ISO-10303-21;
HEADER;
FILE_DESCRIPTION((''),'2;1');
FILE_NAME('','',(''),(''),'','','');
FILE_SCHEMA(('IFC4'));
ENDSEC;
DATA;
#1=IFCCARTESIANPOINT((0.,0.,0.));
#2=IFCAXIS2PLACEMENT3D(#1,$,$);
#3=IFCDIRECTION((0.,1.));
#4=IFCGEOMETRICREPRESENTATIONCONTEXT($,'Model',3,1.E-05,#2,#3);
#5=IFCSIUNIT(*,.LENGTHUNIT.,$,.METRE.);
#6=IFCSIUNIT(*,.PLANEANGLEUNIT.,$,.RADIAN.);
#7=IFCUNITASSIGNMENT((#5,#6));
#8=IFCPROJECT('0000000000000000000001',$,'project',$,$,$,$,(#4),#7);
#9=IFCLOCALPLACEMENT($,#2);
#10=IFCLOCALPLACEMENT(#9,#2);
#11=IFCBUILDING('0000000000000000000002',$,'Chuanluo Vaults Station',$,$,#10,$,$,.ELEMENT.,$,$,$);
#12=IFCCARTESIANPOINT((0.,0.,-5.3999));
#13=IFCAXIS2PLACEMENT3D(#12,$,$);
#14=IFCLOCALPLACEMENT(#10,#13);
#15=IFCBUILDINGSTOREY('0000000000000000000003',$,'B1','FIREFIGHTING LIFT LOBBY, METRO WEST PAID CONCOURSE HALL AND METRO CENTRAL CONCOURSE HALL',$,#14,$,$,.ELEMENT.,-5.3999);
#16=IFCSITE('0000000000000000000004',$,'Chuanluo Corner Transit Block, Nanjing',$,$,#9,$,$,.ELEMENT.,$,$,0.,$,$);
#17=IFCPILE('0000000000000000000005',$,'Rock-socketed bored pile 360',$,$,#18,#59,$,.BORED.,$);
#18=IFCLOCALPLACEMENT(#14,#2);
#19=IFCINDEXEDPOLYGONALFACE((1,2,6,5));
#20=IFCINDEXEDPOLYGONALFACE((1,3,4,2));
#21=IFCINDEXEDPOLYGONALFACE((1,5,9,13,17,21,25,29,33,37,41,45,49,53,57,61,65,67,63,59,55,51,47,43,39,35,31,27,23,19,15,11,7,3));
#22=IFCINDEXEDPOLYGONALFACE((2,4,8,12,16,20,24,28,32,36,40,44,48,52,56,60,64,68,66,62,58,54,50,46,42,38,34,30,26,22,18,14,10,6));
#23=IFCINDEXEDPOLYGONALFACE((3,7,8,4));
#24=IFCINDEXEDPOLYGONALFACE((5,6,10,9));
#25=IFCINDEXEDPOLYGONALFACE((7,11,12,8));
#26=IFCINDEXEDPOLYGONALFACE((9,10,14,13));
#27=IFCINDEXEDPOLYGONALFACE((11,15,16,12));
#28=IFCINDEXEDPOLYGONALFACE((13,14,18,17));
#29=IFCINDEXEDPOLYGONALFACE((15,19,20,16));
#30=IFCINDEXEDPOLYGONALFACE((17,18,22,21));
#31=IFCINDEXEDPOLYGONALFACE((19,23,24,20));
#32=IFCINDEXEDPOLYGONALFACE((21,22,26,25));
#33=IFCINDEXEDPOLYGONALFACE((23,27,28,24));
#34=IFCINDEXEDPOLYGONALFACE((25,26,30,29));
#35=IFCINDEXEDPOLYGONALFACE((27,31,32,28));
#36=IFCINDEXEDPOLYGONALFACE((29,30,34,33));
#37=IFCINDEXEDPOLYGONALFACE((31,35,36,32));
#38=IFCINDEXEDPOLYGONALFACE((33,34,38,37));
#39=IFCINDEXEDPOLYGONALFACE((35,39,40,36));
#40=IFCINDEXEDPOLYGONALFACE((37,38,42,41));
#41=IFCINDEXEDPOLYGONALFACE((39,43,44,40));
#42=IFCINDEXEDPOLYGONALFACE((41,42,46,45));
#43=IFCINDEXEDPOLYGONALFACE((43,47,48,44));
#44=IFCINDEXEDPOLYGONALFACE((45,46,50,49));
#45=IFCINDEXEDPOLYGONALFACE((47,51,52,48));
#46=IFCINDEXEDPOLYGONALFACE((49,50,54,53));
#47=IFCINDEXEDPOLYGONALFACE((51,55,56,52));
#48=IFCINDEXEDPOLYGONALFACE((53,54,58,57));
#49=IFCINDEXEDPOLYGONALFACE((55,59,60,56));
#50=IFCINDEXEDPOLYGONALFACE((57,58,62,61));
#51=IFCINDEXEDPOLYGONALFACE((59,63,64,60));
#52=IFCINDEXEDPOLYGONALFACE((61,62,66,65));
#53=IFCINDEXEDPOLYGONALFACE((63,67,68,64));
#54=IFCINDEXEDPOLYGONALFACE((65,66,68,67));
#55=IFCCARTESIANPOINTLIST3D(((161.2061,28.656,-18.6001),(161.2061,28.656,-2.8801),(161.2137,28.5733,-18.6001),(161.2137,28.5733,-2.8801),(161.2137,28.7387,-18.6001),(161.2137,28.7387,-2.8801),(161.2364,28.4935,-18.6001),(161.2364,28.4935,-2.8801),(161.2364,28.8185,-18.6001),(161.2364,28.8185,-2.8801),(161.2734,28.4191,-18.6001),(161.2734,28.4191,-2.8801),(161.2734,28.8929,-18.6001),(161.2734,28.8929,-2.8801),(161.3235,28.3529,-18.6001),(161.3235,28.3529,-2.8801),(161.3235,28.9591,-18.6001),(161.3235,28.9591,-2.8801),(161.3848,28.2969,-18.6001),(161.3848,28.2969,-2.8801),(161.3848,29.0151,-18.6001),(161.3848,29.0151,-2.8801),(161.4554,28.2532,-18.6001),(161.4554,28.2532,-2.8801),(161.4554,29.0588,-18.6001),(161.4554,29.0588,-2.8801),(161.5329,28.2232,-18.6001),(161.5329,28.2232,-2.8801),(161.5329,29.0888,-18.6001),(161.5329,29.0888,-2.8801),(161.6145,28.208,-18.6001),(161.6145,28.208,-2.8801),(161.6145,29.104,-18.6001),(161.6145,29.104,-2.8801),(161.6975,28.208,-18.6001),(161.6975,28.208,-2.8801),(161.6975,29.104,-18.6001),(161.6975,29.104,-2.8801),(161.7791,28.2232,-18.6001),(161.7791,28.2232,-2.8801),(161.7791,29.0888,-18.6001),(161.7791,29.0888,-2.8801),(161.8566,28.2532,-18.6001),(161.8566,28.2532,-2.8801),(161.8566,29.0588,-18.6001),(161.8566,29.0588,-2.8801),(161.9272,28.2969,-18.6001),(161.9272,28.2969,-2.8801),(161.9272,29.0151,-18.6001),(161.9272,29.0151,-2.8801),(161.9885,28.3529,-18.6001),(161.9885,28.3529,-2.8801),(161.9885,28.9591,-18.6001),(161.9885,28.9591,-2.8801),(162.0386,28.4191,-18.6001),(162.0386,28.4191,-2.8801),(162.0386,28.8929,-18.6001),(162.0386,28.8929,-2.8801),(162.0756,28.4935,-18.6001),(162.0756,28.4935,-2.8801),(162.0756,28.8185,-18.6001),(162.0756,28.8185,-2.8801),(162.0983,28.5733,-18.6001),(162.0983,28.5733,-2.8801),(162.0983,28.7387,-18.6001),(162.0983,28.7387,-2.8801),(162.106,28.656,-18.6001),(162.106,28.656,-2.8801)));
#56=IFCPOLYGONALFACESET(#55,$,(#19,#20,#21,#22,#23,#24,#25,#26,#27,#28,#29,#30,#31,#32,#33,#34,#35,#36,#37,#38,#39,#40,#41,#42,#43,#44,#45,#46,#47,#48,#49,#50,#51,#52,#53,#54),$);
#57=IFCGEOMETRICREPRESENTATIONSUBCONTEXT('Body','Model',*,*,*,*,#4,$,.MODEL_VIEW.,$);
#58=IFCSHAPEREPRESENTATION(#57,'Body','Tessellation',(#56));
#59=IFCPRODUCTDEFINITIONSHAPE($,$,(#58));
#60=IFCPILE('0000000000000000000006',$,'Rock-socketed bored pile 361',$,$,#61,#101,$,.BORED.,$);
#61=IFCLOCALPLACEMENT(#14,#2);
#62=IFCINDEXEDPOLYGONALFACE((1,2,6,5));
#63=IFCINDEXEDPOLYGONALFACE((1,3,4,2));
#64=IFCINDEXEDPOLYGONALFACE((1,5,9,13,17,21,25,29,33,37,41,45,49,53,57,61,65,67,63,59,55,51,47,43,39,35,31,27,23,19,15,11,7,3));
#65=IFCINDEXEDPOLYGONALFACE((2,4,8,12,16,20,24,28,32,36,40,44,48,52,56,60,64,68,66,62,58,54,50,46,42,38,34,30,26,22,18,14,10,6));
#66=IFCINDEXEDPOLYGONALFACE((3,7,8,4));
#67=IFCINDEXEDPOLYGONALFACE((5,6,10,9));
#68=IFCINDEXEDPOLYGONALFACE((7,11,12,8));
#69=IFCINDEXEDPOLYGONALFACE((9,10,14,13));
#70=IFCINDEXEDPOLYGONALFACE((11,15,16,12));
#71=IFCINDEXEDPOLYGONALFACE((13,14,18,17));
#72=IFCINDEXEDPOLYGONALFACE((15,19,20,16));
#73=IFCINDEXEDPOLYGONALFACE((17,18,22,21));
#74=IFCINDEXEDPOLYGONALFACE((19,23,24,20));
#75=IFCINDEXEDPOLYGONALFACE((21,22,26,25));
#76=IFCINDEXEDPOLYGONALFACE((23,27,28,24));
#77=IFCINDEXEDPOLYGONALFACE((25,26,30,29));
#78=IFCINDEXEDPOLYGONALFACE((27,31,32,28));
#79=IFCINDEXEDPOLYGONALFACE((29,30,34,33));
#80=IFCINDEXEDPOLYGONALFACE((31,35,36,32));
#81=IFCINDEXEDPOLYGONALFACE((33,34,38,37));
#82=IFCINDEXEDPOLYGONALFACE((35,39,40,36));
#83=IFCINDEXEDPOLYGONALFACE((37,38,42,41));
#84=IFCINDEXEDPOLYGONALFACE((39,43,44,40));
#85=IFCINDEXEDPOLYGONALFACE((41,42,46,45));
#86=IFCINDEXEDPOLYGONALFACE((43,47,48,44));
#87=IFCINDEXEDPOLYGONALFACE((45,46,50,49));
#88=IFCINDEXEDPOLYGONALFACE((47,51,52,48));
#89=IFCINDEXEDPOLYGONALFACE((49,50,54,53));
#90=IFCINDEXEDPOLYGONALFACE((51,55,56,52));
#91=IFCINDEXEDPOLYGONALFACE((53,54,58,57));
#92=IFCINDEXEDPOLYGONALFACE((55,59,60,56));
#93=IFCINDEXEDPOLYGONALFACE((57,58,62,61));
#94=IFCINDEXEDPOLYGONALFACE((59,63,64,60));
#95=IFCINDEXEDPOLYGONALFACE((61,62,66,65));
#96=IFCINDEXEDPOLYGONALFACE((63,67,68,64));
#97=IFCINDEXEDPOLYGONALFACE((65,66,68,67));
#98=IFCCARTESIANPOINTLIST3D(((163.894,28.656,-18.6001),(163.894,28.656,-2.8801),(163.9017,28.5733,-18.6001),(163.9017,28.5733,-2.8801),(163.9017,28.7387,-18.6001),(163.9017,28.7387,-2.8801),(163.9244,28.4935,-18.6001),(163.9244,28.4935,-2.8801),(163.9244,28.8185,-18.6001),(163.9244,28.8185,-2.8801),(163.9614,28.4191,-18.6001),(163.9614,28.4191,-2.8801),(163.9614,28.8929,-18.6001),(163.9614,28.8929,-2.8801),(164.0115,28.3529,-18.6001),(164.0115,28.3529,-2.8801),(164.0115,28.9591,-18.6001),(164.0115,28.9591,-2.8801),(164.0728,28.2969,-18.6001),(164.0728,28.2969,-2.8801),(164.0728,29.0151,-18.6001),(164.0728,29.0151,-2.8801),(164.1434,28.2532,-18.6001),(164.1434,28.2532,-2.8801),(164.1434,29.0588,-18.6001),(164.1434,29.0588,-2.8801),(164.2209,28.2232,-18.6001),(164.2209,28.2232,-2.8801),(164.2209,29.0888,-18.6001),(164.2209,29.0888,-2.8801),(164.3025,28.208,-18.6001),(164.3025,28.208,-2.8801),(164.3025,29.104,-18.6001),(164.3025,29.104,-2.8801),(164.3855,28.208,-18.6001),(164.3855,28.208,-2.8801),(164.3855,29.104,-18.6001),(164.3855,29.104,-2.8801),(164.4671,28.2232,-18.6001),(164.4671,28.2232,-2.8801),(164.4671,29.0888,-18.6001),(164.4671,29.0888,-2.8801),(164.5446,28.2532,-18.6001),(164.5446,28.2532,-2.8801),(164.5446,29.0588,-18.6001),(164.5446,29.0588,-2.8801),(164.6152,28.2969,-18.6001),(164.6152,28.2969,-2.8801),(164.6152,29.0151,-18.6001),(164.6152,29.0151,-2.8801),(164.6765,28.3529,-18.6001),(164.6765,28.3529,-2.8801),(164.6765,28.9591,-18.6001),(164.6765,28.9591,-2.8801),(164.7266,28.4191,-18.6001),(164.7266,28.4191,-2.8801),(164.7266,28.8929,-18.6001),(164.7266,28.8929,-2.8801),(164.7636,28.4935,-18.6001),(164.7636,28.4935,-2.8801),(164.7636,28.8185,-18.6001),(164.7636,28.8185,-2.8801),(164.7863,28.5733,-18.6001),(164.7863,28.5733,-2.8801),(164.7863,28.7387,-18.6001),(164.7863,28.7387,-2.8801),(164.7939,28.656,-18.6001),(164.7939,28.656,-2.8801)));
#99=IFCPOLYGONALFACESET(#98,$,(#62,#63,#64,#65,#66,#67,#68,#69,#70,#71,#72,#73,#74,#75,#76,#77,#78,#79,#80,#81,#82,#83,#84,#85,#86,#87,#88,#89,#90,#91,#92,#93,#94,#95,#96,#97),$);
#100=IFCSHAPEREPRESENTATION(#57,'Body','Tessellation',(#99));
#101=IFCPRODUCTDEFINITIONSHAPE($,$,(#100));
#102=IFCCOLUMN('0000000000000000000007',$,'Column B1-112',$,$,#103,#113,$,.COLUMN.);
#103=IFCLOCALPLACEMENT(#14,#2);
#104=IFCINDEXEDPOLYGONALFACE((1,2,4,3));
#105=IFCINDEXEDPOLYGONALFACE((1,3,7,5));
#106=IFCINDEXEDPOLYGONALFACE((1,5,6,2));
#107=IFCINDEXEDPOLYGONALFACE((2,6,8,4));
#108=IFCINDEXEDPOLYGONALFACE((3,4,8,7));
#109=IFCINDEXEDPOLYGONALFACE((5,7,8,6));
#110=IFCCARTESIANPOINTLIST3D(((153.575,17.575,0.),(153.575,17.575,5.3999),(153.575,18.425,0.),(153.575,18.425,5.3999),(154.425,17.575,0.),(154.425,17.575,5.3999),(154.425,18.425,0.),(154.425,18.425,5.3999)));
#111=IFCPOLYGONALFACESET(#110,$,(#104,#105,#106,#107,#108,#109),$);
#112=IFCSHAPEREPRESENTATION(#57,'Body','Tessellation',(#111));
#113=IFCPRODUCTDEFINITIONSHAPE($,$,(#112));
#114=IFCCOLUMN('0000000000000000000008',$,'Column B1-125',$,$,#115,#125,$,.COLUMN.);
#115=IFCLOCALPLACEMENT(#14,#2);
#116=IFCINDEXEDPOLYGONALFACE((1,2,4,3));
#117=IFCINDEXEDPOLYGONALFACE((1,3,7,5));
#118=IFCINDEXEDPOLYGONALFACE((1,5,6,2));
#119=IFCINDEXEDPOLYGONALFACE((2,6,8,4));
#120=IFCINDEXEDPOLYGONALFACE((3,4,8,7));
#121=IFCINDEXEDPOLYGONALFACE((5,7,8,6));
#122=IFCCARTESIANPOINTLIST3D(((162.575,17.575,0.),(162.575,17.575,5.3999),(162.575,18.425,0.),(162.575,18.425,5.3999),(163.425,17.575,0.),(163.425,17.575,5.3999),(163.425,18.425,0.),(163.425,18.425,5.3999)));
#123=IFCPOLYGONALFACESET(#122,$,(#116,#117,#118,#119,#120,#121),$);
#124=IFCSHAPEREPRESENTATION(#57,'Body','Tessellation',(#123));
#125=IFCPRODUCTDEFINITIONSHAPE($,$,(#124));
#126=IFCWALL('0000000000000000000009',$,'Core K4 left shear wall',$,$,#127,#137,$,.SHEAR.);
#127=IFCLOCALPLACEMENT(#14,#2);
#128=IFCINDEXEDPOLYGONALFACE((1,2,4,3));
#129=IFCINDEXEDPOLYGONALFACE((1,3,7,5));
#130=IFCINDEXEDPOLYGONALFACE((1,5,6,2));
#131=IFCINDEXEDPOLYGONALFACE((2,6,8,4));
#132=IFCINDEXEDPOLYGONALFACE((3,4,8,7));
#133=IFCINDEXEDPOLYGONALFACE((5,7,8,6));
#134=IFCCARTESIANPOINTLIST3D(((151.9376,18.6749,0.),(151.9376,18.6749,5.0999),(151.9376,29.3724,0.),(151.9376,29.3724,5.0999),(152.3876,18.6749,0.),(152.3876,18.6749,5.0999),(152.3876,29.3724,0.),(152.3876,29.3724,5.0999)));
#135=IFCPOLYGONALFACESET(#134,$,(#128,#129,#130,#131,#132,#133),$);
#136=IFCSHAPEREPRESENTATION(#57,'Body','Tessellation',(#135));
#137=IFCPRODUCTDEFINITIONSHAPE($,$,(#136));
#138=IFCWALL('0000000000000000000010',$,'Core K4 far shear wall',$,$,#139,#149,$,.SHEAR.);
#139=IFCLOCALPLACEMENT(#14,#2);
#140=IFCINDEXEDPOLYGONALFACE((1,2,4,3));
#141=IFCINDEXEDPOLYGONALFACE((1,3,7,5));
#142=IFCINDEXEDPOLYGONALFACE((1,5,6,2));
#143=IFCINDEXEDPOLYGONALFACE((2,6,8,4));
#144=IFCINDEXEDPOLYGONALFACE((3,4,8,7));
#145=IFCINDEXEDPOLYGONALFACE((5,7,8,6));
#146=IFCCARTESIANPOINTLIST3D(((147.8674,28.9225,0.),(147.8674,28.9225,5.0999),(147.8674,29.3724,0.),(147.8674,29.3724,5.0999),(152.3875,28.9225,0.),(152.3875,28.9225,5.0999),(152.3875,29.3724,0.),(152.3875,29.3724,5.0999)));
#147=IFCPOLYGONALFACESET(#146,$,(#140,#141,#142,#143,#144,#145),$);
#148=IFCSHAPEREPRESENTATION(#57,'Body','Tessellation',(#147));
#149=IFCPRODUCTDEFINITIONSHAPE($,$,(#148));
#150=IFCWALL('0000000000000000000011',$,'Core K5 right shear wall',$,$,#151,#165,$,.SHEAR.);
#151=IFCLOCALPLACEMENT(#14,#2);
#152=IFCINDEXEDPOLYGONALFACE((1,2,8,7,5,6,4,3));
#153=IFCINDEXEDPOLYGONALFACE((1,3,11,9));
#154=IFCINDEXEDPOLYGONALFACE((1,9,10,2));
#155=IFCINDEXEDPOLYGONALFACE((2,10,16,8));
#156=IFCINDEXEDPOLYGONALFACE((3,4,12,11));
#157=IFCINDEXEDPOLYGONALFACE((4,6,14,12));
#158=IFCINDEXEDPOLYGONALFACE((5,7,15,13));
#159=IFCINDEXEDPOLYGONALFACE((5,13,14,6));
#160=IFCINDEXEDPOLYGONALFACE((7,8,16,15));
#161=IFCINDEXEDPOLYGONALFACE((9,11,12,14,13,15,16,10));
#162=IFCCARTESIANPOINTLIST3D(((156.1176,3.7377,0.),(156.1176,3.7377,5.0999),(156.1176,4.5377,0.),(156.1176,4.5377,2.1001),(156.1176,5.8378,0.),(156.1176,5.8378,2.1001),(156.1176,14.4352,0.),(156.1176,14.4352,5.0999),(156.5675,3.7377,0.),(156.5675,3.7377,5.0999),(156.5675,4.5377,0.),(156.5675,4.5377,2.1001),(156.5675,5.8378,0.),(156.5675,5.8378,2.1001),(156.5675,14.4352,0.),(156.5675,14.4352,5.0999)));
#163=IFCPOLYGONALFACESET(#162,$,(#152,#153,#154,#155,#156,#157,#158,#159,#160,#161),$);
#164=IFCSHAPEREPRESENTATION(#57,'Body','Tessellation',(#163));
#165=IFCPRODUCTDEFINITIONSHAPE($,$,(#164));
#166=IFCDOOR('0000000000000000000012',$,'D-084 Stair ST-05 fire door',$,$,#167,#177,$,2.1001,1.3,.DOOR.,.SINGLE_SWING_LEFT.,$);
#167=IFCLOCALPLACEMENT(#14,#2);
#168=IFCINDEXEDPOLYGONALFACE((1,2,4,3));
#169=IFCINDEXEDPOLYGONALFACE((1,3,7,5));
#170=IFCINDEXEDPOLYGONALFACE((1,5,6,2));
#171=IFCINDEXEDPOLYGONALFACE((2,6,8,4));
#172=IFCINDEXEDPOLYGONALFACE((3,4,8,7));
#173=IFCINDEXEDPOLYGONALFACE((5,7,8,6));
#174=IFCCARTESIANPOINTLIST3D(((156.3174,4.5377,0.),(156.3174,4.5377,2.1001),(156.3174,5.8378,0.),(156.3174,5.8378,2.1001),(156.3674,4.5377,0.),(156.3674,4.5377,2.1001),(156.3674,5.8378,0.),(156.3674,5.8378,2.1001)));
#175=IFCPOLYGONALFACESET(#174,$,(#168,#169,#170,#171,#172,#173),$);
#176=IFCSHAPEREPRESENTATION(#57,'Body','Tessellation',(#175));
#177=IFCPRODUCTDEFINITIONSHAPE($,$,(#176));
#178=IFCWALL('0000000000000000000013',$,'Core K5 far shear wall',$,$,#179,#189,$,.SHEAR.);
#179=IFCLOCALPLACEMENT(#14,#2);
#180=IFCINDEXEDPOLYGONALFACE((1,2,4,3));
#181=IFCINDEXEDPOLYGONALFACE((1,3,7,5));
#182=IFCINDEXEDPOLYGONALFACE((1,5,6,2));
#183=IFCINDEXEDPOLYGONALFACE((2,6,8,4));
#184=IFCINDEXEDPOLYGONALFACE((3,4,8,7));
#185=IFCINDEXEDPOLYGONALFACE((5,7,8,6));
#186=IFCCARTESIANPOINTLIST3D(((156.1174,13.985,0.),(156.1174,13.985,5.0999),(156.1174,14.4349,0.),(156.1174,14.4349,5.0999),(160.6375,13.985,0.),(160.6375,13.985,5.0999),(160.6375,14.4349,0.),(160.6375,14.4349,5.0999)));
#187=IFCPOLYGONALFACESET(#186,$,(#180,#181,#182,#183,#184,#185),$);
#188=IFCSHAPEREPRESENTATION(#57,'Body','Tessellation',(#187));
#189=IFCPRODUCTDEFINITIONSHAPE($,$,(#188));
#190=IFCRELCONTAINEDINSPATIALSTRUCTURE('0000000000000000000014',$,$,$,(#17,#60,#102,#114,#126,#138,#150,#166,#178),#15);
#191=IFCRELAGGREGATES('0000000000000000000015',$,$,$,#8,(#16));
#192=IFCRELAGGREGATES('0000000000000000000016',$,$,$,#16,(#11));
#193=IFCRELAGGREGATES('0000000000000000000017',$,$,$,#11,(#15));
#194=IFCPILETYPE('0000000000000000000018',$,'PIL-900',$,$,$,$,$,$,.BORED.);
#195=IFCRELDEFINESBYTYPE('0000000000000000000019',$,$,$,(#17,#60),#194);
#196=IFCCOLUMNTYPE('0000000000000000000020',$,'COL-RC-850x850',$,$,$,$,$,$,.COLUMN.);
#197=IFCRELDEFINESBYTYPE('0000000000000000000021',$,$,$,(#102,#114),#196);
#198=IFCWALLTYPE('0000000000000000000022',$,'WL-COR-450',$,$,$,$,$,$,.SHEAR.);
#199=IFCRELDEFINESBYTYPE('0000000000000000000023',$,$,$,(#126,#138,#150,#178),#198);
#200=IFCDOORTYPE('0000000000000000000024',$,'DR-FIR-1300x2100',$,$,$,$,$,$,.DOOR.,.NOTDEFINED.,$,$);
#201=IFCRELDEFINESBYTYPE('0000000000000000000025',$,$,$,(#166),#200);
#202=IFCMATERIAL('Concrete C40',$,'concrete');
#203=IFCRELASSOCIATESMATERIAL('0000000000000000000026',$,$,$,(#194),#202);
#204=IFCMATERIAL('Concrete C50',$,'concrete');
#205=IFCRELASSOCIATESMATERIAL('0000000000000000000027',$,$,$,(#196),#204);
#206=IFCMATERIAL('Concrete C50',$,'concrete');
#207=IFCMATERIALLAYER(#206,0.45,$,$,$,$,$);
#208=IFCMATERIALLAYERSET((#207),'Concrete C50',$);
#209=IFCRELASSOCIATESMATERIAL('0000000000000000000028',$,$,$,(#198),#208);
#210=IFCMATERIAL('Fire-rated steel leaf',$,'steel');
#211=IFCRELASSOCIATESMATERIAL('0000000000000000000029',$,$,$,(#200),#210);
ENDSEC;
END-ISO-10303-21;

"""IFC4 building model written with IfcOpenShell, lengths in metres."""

from ifc_helpers import new_model, si_unit, direction, frame, frame_2d, origin, origin_2d, place, context, subcontext, project, spatial, rectangle, circle, extrude, material, layer, layer_set, material_profile, profile_set, type_object, element, fill, save


model = new_model("IFC4")

# Units and contexts
model_context = context("Model", 3, precision=1e-05, world=origin(), true_north=direction((0.0, 1.0)))
body_context = subcontext(model_context, "Body", "Model", "MODEL_VIEW")
ifc_project = project(units=[si_unit("LENGTHUNIT", "METRE"), si_unit("PLANEANGLEUNIT", "RADIAN")], contexts=[model_context])

# Site, building, storey
site_placement = place(None, origin())
site = spatial("IfcSite", under=ifc_project, at=site_placement, Name="Chuanluo Corner Transit Block, Nanjing", CompositionType="ELEMENT", RefElevation=0.0)
building_placement = place(site_placement, origin())
building = spatial("IfcBuilding", under=site, at=building_placement, Name="Chuanluo Vaults Station", CompositionType="ELEMENT")
storey_placement = place(building_placement, frame((0.0, 0.0, -5.3999)))
storey = spatial("IfcBuildingStorey", under=building, at=storey_placement, Name="B1", Description="FIREFIGHTING LIFT LOBBY, METRO WEST PAID CONCOURSE HALL AND METRO CENTRAL CONCOURSE HALL", CompositionType="ELEMENT", Elevation=-5.3999)

# Piles
ifc_material_1 = material(Name="Concrete C40", Category="concrete")
ifc_material_profile_1 = material_profile(ifc_material_1, circle(Radius=0.45, at=origin_2d()))
ifc_profile_set_1 = profile_set([ifc_material_profile_1], Name="Concrete C40")
pile_type_1 = type_object("IfcPileType", Name="PIL-900", PredefinedType="BORED", material=ifc_profile_set_1)
for number, where, z_axis, x_axis, name in (
    (1, (161.656, 28.656, -2.8801), (0.0, 0.0, -1.0), (1.0, 0.0, 0.0), "Rock-socketed bored pile 360"),
    (2, (164.344, 28.656, -2.8801), (0.0, 0.0, -1.0), (1.0, 0.0, 0.0), "Rock-socketed bored pile 361"),
):
    element("IfcPile", number, at=place(storey_placement, frame(where, z_axis=z_axis, x_axis=x_axis)), inside=storey, type_object=pile_type_1, Name=name, PredefinedType="BORED", context=body_context, shape_type="SweptSolid", body=[
        extrude(circle(Radius=0.45, at=origin_2d()), origin(), (0.0, 0.0, 1.0), 15.72),
    ])

# Columns
ifc_material_2 = material(Name="Concrete C50", Category="concrete")
ifc_material_profile_2 = material_profile(ifc_material_2, rectangle(XDim=0.8501, YDim=0.8501, at=origin_2d()))
ifc_profile_set_2 = profile_set([ifc_material_profile_2], Name="Concrete C50")
column_type = type_object("IfcColumnType", Name="COL-RC-850x850", PredefinedType="COLUMN", material=ifc_profile_set_2)
for number, where, z_axis, x_axis, name in (
    (3, (154.0, 18.0, 0.0), (0.0, 0.0, 1.0), (1.0, 0.0, 0.0), "Column B1-112"),
    (4, (163.0, 18.0, 0.0), (0.0, 0.0, 1.0), (1.0, 0.0, 0.0), "Column B1-125"),
):
    element("IfcColumn", number, at=place(storey_placement, frame(where, z_axis=z_axis, x_axis=x_axis)), inside=storey, type_object=column_type, Name=name, PredefinedType="COLUMN", context=body_context, shape_type="SweptSolid", body=[
        extrude(rectangle(XDim=0.8501, YDim=0.8501, at=origin_2d()), origin(), (0.0, 0.0, 1.0), 5.3999),
    ])

# Walls
ifc_material_3 = material(Name="Concrete C50", Category="concrete")
ifc_layer_1 = layer(ifc_material_3, 0.45)
ifc_layer_set_1 = layer_set([ifc_layer_1], Name="Concrete C50")
wall_type_1 = type_object("IfcWallType", Name="WL-COR-450", PredefinedType="SHEAR", material=ifc_layer_set_1)
wall_1_placement = place(storey_placement, frame((152.1626, 18.675, 0.0), z_axis=(0.0, 0.0, 1.0), x_axis=(0.0, 1.0, 0.0)))
element("IfcWall", 5, at=wall_1_placement, inside=storey, type_object=wall_type_1, Name="Core K4 left shear wall", PredefinedType="SHEAR", context=body_context, shape_type="SweptSolid", body=[
    extrude(rectangle(XDim=10.6975, YDim=0.45, at=frame_2d((5.3486, 0.0))), origin(), (0.0, 0.0, 1.0), 5.0999),
])
wall_2_placement = place(storey_placement, frame((152.3875, 29.1475, 0.0), z_axis=(0.0, 0.0, 1.0), x_axis=(-1.0, 0.0, 0.0)))
element("IfcWall", 6, at=wall_2_placement, inside=storey, type_object=wall_type_1, Name="Core K4 far shear wall", PredefinedType="SHEAR", context=body_context, shape_type="SweptSolid", body=[
    extrude(rectangle(XDim=4.52, YDim=0.45, at=frame_2d((2.26, 0.0))), origin(), (0.0, 0.0, 1.0), 5.0999),
])

# Wall, opening, door
wall_3_placement = place(storey_placement, frame((156.3425, 14.4351, 0.0), z_axis=(0.0, 0.0, 1.0), x_axis=(0.0, -1.0, 0.0)))
wall_3 = element("IfcWall", 7, at=wall_3_placement, inside=storey, type_object=wall_type_1, Name="Core K5 right shear wall", PredefinedType="SHEAR", context=body_context, shape_type="SweptSolid", body=[
    extrude(rectangle(XDim=10.6975, YDim=0.45, at=frame_2d((5.3486, 0.0))), origin(), (0.0, 0.0, 1.0), 5.0999),
])
opening_1_placement = place(wall_3_placement, frame((8.5974, 0.0, 0.0)))
opening_1 = element("IfcOpeningElement", 8, at=opening_1_placement, cuts=wall_3, PredefinedType="OPENING", context=body_context, shape_type="SweptSolid", body=[
    extrude(rectangle(XDim=1.3, YDim=2.1001, at=frame_2d((0.6499, 1.05))), frame((0.0, 0.2351, 0.0), z_axis=(0.0, -1.0, 0.0), x_axis=(1.0, 0.0, 0.0)), (0.0, 0.0, 1.0), 0.4699),
])
ifc_material_4 = material(Name="Fire-rated steel leaf", Category="steel")
door_type_1 = type_object("IfcDoorType", Name="DR-FIR-1300x2100", OperationType="NOTDEFINED", PredefinedType="DOOR", material=ifc_material_4)
door_1_placement = place(opening_1_placement, origin())
door_1 = element("IfcDoor", 9, at=door_1_placement, inside=storey, type_object=door_type_1, Name="D-084 Stair ST-05 fire door", OperationType="SINGLE_SWING_LEFT", OverallHeight=2.1001, OverallWidth=1.3, PredefinedType="DOOR", context=body_context, shape_type="SweptSolid", body=[
    extrude(rectangle(XDim=1.3, YDim=2.1001, at=frame_2d((0.6499, 1.05))), frame((0.0, 0.0249, 0.0), z_axis=(0.0, -1.0, 0.0), x_axis=(1.0, 0.0, 0.0)), (0.0, 0.0, 1.0), 0.05),
])
fill(opening_1, door_1)

# Wall
wall_4_placement = place(storey_placement, frame((160.6375, 14.21, 0.0), z_axis=(0.0, 0.0, 1.0), x_axis=(-1.0, 0.0, 0.0)))
element("IfcWall", 10, at=wall_4_placement, inside=storey, type_object=wall_type_1, Name="Core K5 far shear wall", PredefinedType="SHEAR", context=body_context, shape_type="SweptSolid", body=[
    extrude(rectangle(XDim=4.52, YDim=0.45, at=frame_2d((2.26, 0.0))), origin(), (0.0, 0.0, 1.0), 5.0999),
])

save(model, "model.ifc")
